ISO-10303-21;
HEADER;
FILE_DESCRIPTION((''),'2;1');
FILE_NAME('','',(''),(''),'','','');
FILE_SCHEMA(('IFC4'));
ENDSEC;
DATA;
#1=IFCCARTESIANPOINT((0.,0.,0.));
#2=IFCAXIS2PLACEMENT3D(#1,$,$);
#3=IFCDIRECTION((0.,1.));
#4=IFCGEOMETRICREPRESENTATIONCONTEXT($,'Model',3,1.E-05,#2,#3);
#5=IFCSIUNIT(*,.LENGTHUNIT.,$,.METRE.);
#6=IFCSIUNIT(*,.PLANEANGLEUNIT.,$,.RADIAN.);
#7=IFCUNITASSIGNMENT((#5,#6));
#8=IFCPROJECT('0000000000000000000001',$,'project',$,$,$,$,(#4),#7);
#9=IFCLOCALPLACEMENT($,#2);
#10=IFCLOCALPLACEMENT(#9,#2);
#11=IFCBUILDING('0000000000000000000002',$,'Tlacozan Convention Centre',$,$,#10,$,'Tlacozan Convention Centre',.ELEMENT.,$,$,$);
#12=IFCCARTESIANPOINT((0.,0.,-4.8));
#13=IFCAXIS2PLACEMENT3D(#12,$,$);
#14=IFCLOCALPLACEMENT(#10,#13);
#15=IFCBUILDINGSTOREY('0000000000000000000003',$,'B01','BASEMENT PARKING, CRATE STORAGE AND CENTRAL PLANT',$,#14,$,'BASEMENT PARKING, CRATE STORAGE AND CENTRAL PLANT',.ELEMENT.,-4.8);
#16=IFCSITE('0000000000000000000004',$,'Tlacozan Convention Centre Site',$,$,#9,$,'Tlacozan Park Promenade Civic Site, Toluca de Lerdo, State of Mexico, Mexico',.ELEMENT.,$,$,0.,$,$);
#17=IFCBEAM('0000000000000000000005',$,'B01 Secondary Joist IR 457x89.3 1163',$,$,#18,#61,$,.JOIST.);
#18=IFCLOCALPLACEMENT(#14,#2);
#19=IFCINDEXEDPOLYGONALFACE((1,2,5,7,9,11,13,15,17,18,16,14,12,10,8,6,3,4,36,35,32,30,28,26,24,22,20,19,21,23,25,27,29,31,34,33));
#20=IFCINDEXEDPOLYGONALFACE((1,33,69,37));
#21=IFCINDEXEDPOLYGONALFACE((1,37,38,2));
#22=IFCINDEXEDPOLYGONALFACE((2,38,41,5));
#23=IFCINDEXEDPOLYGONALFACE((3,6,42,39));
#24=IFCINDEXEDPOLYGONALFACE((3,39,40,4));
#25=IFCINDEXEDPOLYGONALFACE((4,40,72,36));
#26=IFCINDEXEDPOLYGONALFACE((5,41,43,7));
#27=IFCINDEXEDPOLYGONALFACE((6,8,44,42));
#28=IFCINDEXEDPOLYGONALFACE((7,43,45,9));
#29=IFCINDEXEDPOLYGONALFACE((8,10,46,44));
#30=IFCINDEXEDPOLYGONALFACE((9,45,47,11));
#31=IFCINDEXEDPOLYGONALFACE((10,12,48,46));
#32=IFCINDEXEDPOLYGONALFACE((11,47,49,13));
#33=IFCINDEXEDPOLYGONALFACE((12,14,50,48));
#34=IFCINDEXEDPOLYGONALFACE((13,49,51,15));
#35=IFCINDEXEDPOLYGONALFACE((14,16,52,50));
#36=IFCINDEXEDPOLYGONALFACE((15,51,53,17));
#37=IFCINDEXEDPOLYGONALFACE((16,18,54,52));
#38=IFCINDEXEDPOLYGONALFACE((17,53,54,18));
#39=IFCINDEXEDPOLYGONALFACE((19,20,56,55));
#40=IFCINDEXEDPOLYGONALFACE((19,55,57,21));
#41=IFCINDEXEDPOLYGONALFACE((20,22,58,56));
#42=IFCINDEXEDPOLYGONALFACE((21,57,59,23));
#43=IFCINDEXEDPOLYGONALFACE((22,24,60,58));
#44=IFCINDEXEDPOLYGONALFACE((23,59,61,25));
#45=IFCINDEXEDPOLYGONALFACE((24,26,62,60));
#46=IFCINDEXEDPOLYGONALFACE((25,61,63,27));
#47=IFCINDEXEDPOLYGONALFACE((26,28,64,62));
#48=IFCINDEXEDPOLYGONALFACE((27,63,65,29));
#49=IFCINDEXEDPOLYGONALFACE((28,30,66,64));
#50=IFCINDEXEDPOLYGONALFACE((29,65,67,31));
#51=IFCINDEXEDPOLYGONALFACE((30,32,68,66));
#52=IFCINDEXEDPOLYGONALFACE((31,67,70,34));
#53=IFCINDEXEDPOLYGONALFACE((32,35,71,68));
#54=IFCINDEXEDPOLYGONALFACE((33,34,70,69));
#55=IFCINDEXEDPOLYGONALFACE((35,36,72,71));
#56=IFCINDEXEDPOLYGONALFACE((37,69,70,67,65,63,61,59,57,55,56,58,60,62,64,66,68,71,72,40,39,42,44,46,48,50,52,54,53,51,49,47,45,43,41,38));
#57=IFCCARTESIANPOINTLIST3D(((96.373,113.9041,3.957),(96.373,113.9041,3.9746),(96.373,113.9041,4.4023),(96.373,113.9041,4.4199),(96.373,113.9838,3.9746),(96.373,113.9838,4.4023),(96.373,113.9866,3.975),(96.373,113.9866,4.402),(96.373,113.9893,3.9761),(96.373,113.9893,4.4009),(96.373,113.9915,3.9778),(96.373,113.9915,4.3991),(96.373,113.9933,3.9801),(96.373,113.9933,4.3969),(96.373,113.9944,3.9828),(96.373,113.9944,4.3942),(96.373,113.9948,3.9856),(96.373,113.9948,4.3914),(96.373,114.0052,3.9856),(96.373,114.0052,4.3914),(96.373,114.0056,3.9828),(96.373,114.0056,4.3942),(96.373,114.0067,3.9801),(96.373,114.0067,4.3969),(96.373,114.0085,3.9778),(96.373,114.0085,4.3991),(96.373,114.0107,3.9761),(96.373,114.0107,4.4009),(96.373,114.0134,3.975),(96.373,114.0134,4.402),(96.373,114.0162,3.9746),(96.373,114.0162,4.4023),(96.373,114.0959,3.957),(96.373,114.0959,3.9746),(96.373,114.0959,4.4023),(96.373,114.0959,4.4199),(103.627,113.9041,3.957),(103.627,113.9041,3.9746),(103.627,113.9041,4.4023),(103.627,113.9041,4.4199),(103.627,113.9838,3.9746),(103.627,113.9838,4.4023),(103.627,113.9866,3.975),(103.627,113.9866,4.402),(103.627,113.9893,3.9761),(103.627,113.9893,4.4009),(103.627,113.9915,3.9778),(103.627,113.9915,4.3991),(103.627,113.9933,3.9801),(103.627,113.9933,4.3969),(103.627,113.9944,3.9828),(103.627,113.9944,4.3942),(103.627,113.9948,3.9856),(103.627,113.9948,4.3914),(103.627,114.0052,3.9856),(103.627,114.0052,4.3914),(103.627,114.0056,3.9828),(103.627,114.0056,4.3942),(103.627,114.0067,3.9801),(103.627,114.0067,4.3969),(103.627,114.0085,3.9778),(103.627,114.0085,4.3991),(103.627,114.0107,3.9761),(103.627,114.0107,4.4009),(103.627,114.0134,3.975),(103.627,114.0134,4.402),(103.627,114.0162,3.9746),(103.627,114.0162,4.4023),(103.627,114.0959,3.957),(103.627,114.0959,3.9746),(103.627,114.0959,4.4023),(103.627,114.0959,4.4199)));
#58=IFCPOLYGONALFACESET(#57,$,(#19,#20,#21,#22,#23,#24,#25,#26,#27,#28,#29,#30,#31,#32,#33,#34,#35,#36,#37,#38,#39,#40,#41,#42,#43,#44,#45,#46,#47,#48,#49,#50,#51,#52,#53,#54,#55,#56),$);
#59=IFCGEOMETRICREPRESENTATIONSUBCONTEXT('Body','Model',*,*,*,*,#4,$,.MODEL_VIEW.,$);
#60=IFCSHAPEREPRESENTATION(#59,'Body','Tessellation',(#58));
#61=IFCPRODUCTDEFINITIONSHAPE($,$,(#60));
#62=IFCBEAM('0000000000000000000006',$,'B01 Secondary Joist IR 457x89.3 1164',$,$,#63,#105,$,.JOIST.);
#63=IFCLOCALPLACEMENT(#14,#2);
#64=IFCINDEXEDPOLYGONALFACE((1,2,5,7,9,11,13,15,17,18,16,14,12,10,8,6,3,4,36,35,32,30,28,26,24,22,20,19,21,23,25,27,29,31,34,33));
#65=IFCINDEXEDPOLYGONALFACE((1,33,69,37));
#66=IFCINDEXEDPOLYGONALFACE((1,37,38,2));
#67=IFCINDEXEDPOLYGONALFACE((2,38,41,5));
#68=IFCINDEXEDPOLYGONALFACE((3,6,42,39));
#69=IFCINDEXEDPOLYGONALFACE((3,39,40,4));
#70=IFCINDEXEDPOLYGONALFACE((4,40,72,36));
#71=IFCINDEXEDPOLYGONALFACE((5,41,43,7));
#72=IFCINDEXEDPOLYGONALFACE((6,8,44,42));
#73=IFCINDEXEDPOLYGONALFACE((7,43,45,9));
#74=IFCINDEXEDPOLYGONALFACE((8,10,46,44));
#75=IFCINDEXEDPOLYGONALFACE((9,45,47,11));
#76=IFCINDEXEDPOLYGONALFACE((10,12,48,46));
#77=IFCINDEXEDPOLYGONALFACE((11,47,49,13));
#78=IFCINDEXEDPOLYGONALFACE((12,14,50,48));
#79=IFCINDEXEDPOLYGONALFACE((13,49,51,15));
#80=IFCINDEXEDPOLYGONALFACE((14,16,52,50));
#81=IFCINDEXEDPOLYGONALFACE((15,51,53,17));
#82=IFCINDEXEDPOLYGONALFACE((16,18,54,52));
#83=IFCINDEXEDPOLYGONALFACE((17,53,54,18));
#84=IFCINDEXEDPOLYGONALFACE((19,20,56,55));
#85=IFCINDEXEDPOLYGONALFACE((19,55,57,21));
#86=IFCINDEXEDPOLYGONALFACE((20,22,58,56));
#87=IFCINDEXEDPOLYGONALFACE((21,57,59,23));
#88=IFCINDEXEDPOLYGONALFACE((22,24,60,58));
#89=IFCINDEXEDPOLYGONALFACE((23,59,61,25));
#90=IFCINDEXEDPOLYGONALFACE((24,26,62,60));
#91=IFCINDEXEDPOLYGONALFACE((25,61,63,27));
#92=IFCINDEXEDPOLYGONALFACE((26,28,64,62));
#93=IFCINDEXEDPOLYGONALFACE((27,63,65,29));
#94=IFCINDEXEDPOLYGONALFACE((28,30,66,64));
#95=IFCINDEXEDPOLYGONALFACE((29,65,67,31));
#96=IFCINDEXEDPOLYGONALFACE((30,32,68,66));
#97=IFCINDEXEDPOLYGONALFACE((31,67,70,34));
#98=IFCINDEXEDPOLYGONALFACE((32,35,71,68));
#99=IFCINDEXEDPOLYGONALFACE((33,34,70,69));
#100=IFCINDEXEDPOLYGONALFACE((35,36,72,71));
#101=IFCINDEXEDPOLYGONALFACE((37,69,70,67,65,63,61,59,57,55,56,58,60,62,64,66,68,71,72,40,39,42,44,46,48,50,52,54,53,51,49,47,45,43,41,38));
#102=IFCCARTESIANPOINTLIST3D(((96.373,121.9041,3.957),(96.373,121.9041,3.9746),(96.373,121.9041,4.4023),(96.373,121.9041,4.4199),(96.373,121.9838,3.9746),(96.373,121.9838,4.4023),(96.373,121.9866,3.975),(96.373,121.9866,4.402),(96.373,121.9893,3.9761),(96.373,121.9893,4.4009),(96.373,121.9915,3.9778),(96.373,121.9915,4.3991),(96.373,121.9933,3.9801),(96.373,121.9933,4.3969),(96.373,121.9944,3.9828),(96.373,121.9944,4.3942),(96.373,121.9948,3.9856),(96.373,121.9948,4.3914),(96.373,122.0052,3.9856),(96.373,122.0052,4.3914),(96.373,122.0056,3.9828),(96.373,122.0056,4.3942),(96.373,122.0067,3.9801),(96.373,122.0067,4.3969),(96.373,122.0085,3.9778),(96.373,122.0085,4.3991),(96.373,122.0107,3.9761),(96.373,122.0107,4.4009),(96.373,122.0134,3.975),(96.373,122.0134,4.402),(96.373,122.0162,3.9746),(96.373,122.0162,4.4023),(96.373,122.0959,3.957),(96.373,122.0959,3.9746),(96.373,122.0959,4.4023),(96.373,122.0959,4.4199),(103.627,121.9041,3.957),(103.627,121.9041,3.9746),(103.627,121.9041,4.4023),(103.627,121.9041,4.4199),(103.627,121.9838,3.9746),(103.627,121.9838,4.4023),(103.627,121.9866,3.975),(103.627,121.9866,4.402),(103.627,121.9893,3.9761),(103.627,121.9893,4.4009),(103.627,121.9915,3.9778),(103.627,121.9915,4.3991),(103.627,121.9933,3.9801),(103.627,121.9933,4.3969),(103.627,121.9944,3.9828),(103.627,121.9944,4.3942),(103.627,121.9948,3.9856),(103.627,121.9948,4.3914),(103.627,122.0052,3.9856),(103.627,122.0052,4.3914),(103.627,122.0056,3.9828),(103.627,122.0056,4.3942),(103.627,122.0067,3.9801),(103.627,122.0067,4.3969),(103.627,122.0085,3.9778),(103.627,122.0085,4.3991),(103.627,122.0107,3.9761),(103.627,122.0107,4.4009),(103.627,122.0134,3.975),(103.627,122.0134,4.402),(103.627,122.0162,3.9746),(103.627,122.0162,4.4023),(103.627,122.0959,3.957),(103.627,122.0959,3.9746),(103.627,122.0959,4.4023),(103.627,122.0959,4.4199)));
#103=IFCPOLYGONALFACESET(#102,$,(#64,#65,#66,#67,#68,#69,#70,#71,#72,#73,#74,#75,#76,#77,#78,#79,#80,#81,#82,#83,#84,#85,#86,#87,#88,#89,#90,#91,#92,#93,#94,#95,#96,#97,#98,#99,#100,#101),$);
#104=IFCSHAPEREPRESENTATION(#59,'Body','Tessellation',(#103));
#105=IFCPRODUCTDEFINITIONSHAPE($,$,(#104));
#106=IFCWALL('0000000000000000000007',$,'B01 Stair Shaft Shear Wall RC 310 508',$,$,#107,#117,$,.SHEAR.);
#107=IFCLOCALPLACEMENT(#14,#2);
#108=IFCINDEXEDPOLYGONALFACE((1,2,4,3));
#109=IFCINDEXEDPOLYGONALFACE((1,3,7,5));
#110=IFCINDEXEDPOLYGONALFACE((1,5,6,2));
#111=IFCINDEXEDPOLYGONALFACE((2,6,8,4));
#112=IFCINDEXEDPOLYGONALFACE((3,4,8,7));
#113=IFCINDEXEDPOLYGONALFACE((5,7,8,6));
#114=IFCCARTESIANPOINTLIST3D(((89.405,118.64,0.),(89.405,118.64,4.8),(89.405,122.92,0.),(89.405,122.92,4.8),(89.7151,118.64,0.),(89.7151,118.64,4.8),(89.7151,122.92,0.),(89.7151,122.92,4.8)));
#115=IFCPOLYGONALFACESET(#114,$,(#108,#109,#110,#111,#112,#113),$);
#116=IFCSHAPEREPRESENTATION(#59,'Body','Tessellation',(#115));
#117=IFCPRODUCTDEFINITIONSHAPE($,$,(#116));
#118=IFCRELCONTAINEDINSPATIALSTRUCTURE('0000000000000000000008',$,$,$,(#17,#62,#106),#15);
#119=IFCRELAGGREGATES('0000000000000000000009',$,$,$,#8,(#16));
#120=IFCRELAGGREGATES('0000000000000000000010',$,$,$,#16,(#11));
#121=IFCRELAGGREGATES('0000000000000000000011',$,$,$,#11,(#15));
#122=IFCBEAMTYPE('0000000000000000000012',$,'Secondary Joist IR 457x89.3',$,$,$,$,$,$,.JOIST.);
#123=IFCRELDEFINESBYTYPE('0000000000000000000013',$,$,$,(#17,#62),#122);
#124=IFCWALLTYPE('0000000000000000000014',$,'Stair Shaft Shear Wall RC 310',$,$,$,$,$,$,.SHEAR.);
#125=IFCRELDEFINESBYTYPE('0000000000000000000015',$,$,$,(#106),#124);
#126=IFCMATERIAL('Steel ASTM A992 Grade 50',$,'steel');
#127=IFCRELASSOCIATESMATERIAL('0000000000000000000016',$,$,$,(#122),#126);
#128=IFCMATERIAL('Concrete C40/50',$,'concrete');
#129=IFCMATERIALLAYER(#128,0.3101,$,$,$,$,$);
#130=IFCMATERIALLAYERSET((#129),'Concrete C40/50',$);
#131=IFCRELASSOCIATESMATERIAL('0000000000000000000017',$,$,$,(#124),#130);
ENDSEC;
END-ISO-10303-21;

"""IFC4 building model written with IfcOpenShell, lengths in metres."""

from ifc_helpers import new_model, si_unit, direction, frame, frame_2d, origin, origin_2d, place, context, subcontext, project, spatial, rectangle, i_section, extrude, material, layer, layer_set, material_profile, profile_set, type_object, element, save


model = new_model("IFC4")

# Units and contexts
model_context = context("Model", 3, precision=1e-05, world=origin(), true_north=direction((0.0, 1.0)))
body_context = subcontext(model_context, "Body", "Model", "MODEL_VIEW")
ifc_project = project(units=[si_unit("LENGTHUNIT", "METRE"), si_unit("PLANEANGLEUNIT", "RADIAN")], contexts=[model_context])

# Site, building, storey
site_placement = place(None, origin())
site = spatial("IfcSite", under=ifc_project, at=site_placement, Name="Tlacozan Convention Centre Site", LongName="Tlacozan Park Promenade Civic Site, Toluca de Lerdo, State of Mexico, Mexico", CompositionType="ELEMENT", RefElevation=0.0)
building_placement = place(site_placement, origin())
building = spatial("IfcBuilding", under=site, at=building_placement, Name="Tlacozan Convention Centre", LongName="Tlacozan Convention Centre", CompositionType="ELEMENT")
storey_placement = place(building_placement, frame((0.0, 0.0, -4.8)))
storey = spatial("IfcBuildingStorey", under=building, at=storey_placement, Name="B01", Description="BASEMENT PARKING, CRATE STORAGE AND CENTRAL PLANT", LongName="BASEMENT PARKING, CRATE STORAGE AND CENTRAL PLANT", CompositionType="ELEMENT", Elevation=-4.8)

# Shared definitions
ifc_material_1 = material(Name="Concrete C40/50", Category="concrete")

# Beams
ifc_material_2 = material(Name="Steel ASTM A992 Grade 50", Category="steel")
ifc_material_profile_1 = material_profile(ifc_material_2, i_section(OverallWidth=0.1919, OverallDepth=0.4629, WebThickness=0.0105, FlangeThickness=0.0176, FilletRadius=0.011, at=origin_2d()), Name="IR 457x89.3")
ifc_profile_set_1 = profile_set([ifc_material_profile_1], Name="Steel ASTM A992 Grade 50")
beam_type_1 = type_object("IfcBeamType", Name="Secondary Joist IR 457x89.3", PredefinedType="JOIST", material=ifc_profile_set_1)
for number, where, z_axis, x_axis, name in (
    (1, (96.373, 114.0, 4.1885), (1.0, 0.0, 0.0), (0.0, 1.0, 0.0), "B01 Secondary Joist IR 457x89.3 1163"),
    (2, (96.373, 122.0, 4.1885), (1.0, 0.0, 0.0), (0.0, 1.0, 0.0), "B01 Secondary Joist IR 457x89.3 1164"),
):
    element("IfcBeam", number, at=place(storey_placement, frame(where, z_axis=z_axis, x_axis=x_axis)), inside=storey, type_object=beam_type_1, Name=name, PredefinedType="JOIST", context=body_context, shape_type="SweptSolid", body=[
        extrude(i_section(OverallWidth=0.1919, OverallDepth=0.4629, WebThickness=0.0105, FlangeThickness=0.0176, FilletRadius=0.011, at=origin_2d()), origin(), (0.0, 0.0, 1.0), 7.2539),
    ])

# Wall
ifc_layer_1 = layer(ifc_material_1, 0.3101)
ifc_layer_set_1 = layer_set([ifc_layer_1], Name="Concrete C40/50")
wall_type = type_object("IfcWallType", Name="Stair Shaft Shear Wall RC 310", PredefinedType="SHEAR", material=ifc_layer_set_1)
wall_placement = place(storey_placement, frame((89.5601, 118.6399, 0.0), z_axis=(0.0, 0.0, 1.0), x_axis=(0.0, 1.0, 0.0)))
element("IfcWall", 3, at=wall_placement, inside=storey, type_object=wall_type, Name="B01 Stair Shaft Shear Wall RC 310 508", PredefinedType="SHEAR", context=body_context, shape_type="SweptSolid", body=[
    extrude(rectangle(XDim=4.28, YDim=0.3101, at=frame_2d((2.1401, 0.0))), origin(), (0.0, 0.0, 1.0), 4.8),
])

save(model, "model.ifc")
